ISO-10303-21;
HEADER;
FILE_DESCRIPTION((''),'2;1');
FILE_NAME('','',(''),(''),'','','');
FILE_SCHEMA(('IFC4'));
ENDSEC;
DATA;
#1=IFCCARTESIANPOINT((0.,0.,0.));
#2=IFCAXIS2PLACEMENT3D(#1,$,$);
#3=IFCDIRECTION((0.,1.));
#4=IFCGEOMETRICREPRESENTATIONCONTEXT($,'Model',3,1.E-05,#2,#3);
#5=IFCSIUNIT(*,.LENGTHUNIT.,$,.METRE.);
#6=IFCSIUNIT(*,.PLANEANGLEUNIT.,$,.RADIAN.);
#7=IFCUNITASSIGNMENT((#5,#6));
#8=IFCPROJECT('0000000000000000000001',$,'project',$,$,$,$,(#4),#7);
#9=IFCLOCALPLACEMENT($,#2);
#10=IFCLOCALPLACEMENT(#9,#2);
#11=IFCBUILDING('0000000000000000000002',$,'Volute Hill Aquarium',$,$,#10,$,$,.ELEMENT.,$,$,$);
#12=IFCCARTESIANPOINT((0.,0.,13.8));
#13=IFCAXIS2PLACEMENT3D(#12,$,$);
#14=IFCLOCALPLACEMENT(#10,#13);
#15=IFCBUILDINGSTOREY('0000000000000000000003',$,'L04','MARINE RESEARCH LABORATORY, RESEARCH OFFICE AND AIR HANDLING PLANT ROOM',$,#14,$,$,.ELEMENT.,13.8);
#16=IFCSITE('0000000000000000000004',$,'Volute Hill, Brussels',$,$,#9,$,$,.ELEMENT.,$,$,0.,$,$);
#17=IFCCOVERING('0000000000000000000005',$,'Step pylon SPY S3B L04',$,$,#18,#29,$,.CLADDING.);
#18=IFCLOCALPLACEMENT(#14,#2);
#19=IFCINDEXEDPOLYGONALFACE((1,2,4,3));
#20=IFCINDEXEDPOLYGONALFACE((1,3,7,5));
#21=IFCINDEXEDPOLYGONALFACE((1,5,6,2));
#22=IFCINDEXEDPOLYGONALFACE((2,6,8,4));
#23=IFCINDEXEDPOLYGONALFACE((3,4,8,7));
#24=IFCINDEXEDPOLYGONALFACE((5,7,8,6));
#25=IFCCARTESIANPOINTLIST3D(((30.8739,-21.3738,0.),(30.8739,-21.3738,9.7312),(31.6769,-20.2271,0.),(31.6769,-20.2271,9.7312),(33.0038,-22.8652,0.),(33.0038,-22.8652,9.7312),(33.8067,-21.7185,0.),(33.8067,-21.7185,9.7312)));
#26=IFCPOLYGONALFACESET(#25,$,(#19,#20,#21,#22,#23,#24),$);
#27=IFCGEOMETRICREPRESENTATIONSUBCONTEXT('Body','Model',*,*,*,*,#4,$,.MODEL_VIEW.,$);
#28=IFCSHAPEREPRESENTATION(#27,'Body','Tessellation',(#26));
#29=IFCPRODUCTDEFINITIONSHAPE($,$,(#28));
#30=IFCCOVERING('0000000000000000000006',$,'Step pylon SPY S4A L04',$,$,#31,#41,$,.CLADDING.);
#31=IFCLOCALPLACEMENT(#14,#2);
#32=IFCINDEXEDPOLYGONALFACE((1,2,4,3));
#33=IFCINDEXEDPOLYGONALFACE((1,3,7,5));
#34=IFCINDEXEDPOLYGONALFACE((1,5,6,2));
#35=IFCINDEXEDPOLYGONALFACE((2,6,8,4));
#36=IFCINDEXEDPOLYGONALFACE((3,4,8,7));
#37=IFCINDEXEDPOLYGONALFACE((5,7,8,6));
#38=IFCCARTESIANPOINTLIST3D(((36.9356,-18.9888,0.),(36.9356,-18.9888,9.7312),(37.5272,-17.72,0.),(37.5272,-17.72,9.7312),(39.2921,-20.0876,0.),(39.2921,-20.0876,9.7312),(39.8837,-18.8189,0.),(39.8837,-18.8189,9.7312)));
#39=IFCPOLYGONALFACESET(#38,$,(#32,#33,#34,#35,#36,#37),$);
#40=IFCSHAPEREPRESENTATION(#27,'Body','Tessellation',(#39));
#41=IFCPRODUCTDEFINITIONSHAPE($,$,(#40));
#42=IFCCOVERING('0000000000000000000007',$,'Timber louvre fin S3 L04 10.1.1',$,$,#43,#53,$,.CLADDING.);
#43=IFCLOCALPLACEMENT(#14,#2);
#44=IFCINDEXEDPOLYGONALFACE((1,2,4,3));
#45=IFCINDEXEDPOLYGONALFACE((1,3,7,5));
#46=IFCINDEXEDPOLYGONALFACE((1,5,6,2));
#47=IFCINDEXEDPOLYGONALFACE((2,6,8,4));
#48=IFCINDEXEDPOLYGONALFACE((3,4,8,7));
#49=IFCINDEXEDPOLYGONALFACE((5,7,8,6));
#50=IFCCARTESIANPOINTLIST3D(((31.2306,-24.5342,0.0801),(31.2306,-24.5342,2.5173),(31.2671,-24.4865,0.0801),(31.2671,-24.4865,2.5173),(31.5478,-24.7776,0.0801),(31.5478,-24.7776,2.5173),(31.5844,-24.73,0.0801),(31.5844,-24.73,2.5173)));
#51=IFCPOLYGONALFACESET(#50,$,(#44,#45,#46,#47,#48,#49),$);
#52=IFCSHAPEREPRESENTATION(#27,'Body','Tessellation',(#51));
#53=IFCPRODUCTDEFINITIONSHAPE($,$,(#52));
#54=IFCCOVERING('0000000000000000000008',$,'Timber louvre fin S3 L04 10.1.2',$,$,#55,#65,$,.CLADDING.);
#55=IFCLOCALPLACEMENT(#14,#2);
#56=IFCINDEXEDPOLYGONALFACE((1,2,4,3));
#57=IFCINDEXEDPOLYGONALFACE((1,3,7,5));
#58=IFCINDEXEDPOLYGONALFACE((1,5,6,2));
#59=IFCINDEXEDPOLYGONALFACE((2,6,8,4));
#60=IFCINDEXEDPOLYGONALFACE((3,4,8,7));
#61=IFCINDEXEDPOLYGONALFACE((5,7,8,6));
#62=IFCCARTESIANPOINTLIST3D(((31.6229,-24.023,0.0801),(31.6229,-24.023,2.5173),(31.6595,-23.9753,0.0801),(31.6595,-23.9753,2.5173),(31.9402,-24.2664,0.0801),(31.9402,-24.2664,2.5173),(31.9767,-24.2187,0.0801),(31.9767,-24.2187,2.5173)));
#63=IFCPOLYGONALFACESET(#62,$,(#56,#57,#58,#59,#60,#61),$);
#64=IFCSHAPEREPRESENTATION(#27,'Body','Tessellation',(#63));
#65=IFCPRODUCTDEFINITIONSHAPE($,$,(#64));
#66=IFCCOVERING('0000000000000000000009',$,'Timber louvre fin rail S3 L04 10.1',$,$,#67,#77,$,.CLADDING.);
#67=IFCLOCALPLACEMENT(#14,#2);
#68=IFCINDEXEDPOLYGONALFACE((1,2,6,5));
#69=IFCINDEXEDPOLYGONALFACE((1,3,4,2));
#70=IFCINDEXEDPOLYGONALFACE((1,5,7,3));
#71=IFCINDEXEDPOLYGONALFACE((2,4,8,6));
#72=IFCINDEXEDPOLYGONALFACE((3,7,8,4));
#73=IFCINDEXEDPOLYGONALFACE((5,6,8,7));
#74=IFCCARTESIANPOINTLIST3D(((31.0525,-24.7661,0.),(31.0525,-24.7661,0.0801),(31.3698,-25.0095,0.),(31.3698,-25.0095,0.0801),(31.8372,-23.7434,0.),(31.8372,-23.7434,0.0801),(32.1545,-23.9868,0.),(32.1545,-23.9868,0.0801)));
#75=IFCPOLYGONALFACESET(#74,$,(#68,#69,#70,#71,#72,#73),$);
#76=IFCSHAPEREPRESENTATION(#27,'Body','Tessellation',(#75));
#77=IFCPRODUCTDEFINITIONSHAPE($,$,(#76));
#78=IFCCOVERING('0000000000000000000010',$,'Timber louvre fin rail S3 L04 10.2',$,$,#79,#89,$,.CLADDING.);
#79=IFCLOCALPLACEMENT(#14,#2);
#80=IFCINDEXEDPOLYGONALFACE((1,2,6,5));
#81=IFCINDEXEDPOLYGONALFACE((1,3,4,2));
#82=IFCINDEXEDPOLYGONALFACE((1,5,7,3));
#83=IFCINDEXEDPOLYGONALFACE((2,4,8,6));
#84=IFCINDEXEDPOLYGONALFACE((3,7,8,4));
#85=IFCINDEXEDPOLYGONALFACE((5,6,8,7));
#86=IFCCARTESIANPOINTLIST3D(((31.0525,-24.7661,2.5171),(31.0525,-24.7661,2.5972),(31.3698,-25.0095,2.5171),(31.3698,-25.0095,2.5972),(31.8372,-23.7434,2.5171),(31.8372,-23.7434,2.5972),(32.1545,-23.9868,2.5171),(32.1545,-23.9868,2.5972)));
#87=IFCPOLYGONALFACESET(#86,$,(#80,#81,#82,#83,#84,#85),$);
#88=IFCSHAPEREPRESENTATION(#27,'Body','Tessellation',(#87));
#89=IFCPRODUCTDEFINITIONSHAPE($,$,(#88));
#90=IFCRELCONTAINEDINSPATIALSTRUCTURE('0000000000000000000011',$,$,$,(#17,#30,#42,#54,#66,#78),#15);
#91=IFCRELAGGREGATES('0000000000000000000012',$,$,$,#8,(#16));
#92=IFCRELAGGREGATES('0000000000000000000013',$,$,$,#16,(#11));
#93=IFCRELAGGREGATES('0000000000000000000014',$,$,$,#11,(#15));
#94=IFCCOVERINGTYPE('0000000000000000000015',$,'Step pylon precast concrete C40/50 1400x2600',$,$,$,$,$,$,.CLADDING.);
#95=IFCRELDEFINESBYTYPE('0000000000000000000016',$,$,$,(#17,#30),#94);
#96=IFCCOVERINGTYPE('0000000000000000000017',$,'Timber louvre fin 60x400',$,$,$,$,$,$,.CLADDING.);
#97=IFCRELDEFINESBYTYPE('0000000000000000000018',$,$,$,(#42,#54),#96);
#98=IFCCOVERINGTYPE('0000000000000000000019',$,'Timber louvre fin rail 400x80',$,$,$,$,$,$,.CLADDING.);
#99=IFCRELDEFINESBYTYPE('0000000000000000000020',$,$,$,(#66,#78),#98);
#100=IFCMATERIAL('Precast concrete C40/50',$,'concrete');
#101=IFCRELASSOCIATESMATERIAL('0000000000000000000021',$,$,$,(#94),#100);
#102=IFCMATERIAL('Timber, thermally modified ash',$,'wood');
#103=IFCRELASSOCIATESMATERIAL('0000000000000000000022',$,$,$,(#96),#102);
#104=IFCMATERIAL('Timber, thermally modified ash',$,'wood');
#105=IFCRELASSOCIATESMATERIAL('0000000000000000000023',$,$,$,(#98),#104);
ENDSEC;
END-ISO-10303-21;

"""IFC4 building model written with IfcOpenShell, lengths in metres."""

from ifc_helpers import new_model, si_unit, direction, frame, origin, origin_2d, place, context, subcontext, project, spatial, rectangle, extrude, material, type_object, element, save


model = new_model("IFC4")

# Units and contexts
model_context = context("Model", 3, precision=1e-05, world=origin(), true_north=direction((0.0, 1.0)))
body_context = subcontext(model_context, "Body", "Model", "MODEL_VIEW")
ifc_project = project(units=[si_unit("LENGTHUNIT", "METRE"), si_unit("PLANEANGLEUNIT", "RADIAN")], contexts=[model_context])

# Site, building, storey
site_placement = place(None, origin())
site = spatial("IfcSite", under=ifc_project, at=site_placement, Name="Volute Hill, Brussels", CompositionType="ELEMENT", RefElevation=0.0)
building_placement = place(site_placement, origin())
building = spatial("IfcBuilding", under=site, at=building_placement, Name="Volute Hill Aquarium", CompositionType="ELEMENT")
storey_placement = place(building_placement, frame((0.0, 0.0, 13.8)))
storey = spatial("IfcBuildingStorey", under=building, at=storey_placement, Name="L04", Description="MARINE RESEARCH LABORATORY, RESEARCH OFFICE AND AIR HANDLING PLANT ROOM", CompositionType="ELEMENT", Elevation=13.8)

# Coverings
ifc_material_1 = material(Name="Precast concrete C40/50", Category="concrete")
covering_type_1 = type_object("IfcCoveringType", Name="Step pylon precast concrete C40/50 1400x2600", PredefinedType="CLADDING", material=ifc_material_1)
for number, where, z_axis, x_axis, name in (
    (1, (32.3403, -21.5461, 0.0), (0.0, 0.0, 1.0), (0.819152, -0.573576, 0.0), "Step pylon SPY S3B L04"),
    (2, (38.4097, -18.9038, 0.0), (0.0, 0.0, 1.0), (0.906308, -0.422618, 0.0), "Step pylon SPY S4A L04"),
):
    element("IfcCovering", number, at=place(storey_placement, frame(where, z_axis=z_axis, x_axis=x_axis)), inside=storey, type_object=covering_type_1, Name=name, PredefinedType="CLADDING", context=body_context, shape_type="SweptSolid", body=[
        extrude(rectangle(XDim=2.6001, YDim=1.3999, at=origin_2d()), origin(), (0.0, 0.0, 1.0), 9.7312),
    ])
ifc_material_2 = material(Name="Timber, thermally modified ash", Category="wood")
covering_type_2 = type_object("IfcCoveringType", Name="Timber louvre fin 60x400", PredefinedType="CLADDING", material=ifc_material_2)
for number, where, z_axis, x_axis, name in (
    (3, (31.4075, -24.6321, 0.0801), (0.0, 0.0, 1.0), (0.608746, 0.793365, 0.0), "Timber louvre fin S3 L04 10.1.1"),
    (4, (31.7998, -24.1208, 0.0801), (0.0, 0.0, 1.0), (0.608746, 0.793365, 0.0), "Timber louvre fin S3 L04 10.1.2"),
):
    element("IfcCovering", number, at=place(storey_placement, frame(where, z_axis=z_axis, x_axis=x_axis)), inside=storey, type_object=covering_type_2, Name=name, PredefinedType="CLADDING", context=body_context, shape_type="SweptSolid", body=[
        extrude(rectangle(XDim=0.0601, YDim=0.3999, at=origin_2d()), origin(), (0.0, 0.0, 1.0), 2.4373),
    ])
ifc_material_3 = material(Name="Timber, thermally modified ash", Category="wood")
covering_type_3 = type_object("IfcCoveringType", Name="Timber louvre fin rail 400x80", PredefinedType="CLADDING", material=ifc_material_3)
for number, where, z_axis, x_axis, name in (
    (5, (31.6035, -24.3765, 0.0), (0.0, 0.0, 1.0), (0.608746, 0.793365, 0.0), "Timber louvre fin rail S3 L04 10.1"),
    (6, (31.6035, -24.3765, 2.5171), (0.0, 0.0, 1.0), (0.608746, 0.793365, 0.0), "Timber louvre fin rail S3 L04 10.2"),
):
    element("IfcCovering", number, at=place(storey_placement, frame(where, z_axis=z_axis, x_axis=x_axis)), inside=storey, type_object=covering_type_3, Name=name, PredefinedType="CLADDING", context=body_context, shape_type="SweptSolid", body=[
        extrude(rectangle(XDim=1.2891, YDim=0.3999, at=origin_2d()), origin(), (0.0, 0.0, 1.0), 0.0801),
    ])

save(model, "model.ifc")
